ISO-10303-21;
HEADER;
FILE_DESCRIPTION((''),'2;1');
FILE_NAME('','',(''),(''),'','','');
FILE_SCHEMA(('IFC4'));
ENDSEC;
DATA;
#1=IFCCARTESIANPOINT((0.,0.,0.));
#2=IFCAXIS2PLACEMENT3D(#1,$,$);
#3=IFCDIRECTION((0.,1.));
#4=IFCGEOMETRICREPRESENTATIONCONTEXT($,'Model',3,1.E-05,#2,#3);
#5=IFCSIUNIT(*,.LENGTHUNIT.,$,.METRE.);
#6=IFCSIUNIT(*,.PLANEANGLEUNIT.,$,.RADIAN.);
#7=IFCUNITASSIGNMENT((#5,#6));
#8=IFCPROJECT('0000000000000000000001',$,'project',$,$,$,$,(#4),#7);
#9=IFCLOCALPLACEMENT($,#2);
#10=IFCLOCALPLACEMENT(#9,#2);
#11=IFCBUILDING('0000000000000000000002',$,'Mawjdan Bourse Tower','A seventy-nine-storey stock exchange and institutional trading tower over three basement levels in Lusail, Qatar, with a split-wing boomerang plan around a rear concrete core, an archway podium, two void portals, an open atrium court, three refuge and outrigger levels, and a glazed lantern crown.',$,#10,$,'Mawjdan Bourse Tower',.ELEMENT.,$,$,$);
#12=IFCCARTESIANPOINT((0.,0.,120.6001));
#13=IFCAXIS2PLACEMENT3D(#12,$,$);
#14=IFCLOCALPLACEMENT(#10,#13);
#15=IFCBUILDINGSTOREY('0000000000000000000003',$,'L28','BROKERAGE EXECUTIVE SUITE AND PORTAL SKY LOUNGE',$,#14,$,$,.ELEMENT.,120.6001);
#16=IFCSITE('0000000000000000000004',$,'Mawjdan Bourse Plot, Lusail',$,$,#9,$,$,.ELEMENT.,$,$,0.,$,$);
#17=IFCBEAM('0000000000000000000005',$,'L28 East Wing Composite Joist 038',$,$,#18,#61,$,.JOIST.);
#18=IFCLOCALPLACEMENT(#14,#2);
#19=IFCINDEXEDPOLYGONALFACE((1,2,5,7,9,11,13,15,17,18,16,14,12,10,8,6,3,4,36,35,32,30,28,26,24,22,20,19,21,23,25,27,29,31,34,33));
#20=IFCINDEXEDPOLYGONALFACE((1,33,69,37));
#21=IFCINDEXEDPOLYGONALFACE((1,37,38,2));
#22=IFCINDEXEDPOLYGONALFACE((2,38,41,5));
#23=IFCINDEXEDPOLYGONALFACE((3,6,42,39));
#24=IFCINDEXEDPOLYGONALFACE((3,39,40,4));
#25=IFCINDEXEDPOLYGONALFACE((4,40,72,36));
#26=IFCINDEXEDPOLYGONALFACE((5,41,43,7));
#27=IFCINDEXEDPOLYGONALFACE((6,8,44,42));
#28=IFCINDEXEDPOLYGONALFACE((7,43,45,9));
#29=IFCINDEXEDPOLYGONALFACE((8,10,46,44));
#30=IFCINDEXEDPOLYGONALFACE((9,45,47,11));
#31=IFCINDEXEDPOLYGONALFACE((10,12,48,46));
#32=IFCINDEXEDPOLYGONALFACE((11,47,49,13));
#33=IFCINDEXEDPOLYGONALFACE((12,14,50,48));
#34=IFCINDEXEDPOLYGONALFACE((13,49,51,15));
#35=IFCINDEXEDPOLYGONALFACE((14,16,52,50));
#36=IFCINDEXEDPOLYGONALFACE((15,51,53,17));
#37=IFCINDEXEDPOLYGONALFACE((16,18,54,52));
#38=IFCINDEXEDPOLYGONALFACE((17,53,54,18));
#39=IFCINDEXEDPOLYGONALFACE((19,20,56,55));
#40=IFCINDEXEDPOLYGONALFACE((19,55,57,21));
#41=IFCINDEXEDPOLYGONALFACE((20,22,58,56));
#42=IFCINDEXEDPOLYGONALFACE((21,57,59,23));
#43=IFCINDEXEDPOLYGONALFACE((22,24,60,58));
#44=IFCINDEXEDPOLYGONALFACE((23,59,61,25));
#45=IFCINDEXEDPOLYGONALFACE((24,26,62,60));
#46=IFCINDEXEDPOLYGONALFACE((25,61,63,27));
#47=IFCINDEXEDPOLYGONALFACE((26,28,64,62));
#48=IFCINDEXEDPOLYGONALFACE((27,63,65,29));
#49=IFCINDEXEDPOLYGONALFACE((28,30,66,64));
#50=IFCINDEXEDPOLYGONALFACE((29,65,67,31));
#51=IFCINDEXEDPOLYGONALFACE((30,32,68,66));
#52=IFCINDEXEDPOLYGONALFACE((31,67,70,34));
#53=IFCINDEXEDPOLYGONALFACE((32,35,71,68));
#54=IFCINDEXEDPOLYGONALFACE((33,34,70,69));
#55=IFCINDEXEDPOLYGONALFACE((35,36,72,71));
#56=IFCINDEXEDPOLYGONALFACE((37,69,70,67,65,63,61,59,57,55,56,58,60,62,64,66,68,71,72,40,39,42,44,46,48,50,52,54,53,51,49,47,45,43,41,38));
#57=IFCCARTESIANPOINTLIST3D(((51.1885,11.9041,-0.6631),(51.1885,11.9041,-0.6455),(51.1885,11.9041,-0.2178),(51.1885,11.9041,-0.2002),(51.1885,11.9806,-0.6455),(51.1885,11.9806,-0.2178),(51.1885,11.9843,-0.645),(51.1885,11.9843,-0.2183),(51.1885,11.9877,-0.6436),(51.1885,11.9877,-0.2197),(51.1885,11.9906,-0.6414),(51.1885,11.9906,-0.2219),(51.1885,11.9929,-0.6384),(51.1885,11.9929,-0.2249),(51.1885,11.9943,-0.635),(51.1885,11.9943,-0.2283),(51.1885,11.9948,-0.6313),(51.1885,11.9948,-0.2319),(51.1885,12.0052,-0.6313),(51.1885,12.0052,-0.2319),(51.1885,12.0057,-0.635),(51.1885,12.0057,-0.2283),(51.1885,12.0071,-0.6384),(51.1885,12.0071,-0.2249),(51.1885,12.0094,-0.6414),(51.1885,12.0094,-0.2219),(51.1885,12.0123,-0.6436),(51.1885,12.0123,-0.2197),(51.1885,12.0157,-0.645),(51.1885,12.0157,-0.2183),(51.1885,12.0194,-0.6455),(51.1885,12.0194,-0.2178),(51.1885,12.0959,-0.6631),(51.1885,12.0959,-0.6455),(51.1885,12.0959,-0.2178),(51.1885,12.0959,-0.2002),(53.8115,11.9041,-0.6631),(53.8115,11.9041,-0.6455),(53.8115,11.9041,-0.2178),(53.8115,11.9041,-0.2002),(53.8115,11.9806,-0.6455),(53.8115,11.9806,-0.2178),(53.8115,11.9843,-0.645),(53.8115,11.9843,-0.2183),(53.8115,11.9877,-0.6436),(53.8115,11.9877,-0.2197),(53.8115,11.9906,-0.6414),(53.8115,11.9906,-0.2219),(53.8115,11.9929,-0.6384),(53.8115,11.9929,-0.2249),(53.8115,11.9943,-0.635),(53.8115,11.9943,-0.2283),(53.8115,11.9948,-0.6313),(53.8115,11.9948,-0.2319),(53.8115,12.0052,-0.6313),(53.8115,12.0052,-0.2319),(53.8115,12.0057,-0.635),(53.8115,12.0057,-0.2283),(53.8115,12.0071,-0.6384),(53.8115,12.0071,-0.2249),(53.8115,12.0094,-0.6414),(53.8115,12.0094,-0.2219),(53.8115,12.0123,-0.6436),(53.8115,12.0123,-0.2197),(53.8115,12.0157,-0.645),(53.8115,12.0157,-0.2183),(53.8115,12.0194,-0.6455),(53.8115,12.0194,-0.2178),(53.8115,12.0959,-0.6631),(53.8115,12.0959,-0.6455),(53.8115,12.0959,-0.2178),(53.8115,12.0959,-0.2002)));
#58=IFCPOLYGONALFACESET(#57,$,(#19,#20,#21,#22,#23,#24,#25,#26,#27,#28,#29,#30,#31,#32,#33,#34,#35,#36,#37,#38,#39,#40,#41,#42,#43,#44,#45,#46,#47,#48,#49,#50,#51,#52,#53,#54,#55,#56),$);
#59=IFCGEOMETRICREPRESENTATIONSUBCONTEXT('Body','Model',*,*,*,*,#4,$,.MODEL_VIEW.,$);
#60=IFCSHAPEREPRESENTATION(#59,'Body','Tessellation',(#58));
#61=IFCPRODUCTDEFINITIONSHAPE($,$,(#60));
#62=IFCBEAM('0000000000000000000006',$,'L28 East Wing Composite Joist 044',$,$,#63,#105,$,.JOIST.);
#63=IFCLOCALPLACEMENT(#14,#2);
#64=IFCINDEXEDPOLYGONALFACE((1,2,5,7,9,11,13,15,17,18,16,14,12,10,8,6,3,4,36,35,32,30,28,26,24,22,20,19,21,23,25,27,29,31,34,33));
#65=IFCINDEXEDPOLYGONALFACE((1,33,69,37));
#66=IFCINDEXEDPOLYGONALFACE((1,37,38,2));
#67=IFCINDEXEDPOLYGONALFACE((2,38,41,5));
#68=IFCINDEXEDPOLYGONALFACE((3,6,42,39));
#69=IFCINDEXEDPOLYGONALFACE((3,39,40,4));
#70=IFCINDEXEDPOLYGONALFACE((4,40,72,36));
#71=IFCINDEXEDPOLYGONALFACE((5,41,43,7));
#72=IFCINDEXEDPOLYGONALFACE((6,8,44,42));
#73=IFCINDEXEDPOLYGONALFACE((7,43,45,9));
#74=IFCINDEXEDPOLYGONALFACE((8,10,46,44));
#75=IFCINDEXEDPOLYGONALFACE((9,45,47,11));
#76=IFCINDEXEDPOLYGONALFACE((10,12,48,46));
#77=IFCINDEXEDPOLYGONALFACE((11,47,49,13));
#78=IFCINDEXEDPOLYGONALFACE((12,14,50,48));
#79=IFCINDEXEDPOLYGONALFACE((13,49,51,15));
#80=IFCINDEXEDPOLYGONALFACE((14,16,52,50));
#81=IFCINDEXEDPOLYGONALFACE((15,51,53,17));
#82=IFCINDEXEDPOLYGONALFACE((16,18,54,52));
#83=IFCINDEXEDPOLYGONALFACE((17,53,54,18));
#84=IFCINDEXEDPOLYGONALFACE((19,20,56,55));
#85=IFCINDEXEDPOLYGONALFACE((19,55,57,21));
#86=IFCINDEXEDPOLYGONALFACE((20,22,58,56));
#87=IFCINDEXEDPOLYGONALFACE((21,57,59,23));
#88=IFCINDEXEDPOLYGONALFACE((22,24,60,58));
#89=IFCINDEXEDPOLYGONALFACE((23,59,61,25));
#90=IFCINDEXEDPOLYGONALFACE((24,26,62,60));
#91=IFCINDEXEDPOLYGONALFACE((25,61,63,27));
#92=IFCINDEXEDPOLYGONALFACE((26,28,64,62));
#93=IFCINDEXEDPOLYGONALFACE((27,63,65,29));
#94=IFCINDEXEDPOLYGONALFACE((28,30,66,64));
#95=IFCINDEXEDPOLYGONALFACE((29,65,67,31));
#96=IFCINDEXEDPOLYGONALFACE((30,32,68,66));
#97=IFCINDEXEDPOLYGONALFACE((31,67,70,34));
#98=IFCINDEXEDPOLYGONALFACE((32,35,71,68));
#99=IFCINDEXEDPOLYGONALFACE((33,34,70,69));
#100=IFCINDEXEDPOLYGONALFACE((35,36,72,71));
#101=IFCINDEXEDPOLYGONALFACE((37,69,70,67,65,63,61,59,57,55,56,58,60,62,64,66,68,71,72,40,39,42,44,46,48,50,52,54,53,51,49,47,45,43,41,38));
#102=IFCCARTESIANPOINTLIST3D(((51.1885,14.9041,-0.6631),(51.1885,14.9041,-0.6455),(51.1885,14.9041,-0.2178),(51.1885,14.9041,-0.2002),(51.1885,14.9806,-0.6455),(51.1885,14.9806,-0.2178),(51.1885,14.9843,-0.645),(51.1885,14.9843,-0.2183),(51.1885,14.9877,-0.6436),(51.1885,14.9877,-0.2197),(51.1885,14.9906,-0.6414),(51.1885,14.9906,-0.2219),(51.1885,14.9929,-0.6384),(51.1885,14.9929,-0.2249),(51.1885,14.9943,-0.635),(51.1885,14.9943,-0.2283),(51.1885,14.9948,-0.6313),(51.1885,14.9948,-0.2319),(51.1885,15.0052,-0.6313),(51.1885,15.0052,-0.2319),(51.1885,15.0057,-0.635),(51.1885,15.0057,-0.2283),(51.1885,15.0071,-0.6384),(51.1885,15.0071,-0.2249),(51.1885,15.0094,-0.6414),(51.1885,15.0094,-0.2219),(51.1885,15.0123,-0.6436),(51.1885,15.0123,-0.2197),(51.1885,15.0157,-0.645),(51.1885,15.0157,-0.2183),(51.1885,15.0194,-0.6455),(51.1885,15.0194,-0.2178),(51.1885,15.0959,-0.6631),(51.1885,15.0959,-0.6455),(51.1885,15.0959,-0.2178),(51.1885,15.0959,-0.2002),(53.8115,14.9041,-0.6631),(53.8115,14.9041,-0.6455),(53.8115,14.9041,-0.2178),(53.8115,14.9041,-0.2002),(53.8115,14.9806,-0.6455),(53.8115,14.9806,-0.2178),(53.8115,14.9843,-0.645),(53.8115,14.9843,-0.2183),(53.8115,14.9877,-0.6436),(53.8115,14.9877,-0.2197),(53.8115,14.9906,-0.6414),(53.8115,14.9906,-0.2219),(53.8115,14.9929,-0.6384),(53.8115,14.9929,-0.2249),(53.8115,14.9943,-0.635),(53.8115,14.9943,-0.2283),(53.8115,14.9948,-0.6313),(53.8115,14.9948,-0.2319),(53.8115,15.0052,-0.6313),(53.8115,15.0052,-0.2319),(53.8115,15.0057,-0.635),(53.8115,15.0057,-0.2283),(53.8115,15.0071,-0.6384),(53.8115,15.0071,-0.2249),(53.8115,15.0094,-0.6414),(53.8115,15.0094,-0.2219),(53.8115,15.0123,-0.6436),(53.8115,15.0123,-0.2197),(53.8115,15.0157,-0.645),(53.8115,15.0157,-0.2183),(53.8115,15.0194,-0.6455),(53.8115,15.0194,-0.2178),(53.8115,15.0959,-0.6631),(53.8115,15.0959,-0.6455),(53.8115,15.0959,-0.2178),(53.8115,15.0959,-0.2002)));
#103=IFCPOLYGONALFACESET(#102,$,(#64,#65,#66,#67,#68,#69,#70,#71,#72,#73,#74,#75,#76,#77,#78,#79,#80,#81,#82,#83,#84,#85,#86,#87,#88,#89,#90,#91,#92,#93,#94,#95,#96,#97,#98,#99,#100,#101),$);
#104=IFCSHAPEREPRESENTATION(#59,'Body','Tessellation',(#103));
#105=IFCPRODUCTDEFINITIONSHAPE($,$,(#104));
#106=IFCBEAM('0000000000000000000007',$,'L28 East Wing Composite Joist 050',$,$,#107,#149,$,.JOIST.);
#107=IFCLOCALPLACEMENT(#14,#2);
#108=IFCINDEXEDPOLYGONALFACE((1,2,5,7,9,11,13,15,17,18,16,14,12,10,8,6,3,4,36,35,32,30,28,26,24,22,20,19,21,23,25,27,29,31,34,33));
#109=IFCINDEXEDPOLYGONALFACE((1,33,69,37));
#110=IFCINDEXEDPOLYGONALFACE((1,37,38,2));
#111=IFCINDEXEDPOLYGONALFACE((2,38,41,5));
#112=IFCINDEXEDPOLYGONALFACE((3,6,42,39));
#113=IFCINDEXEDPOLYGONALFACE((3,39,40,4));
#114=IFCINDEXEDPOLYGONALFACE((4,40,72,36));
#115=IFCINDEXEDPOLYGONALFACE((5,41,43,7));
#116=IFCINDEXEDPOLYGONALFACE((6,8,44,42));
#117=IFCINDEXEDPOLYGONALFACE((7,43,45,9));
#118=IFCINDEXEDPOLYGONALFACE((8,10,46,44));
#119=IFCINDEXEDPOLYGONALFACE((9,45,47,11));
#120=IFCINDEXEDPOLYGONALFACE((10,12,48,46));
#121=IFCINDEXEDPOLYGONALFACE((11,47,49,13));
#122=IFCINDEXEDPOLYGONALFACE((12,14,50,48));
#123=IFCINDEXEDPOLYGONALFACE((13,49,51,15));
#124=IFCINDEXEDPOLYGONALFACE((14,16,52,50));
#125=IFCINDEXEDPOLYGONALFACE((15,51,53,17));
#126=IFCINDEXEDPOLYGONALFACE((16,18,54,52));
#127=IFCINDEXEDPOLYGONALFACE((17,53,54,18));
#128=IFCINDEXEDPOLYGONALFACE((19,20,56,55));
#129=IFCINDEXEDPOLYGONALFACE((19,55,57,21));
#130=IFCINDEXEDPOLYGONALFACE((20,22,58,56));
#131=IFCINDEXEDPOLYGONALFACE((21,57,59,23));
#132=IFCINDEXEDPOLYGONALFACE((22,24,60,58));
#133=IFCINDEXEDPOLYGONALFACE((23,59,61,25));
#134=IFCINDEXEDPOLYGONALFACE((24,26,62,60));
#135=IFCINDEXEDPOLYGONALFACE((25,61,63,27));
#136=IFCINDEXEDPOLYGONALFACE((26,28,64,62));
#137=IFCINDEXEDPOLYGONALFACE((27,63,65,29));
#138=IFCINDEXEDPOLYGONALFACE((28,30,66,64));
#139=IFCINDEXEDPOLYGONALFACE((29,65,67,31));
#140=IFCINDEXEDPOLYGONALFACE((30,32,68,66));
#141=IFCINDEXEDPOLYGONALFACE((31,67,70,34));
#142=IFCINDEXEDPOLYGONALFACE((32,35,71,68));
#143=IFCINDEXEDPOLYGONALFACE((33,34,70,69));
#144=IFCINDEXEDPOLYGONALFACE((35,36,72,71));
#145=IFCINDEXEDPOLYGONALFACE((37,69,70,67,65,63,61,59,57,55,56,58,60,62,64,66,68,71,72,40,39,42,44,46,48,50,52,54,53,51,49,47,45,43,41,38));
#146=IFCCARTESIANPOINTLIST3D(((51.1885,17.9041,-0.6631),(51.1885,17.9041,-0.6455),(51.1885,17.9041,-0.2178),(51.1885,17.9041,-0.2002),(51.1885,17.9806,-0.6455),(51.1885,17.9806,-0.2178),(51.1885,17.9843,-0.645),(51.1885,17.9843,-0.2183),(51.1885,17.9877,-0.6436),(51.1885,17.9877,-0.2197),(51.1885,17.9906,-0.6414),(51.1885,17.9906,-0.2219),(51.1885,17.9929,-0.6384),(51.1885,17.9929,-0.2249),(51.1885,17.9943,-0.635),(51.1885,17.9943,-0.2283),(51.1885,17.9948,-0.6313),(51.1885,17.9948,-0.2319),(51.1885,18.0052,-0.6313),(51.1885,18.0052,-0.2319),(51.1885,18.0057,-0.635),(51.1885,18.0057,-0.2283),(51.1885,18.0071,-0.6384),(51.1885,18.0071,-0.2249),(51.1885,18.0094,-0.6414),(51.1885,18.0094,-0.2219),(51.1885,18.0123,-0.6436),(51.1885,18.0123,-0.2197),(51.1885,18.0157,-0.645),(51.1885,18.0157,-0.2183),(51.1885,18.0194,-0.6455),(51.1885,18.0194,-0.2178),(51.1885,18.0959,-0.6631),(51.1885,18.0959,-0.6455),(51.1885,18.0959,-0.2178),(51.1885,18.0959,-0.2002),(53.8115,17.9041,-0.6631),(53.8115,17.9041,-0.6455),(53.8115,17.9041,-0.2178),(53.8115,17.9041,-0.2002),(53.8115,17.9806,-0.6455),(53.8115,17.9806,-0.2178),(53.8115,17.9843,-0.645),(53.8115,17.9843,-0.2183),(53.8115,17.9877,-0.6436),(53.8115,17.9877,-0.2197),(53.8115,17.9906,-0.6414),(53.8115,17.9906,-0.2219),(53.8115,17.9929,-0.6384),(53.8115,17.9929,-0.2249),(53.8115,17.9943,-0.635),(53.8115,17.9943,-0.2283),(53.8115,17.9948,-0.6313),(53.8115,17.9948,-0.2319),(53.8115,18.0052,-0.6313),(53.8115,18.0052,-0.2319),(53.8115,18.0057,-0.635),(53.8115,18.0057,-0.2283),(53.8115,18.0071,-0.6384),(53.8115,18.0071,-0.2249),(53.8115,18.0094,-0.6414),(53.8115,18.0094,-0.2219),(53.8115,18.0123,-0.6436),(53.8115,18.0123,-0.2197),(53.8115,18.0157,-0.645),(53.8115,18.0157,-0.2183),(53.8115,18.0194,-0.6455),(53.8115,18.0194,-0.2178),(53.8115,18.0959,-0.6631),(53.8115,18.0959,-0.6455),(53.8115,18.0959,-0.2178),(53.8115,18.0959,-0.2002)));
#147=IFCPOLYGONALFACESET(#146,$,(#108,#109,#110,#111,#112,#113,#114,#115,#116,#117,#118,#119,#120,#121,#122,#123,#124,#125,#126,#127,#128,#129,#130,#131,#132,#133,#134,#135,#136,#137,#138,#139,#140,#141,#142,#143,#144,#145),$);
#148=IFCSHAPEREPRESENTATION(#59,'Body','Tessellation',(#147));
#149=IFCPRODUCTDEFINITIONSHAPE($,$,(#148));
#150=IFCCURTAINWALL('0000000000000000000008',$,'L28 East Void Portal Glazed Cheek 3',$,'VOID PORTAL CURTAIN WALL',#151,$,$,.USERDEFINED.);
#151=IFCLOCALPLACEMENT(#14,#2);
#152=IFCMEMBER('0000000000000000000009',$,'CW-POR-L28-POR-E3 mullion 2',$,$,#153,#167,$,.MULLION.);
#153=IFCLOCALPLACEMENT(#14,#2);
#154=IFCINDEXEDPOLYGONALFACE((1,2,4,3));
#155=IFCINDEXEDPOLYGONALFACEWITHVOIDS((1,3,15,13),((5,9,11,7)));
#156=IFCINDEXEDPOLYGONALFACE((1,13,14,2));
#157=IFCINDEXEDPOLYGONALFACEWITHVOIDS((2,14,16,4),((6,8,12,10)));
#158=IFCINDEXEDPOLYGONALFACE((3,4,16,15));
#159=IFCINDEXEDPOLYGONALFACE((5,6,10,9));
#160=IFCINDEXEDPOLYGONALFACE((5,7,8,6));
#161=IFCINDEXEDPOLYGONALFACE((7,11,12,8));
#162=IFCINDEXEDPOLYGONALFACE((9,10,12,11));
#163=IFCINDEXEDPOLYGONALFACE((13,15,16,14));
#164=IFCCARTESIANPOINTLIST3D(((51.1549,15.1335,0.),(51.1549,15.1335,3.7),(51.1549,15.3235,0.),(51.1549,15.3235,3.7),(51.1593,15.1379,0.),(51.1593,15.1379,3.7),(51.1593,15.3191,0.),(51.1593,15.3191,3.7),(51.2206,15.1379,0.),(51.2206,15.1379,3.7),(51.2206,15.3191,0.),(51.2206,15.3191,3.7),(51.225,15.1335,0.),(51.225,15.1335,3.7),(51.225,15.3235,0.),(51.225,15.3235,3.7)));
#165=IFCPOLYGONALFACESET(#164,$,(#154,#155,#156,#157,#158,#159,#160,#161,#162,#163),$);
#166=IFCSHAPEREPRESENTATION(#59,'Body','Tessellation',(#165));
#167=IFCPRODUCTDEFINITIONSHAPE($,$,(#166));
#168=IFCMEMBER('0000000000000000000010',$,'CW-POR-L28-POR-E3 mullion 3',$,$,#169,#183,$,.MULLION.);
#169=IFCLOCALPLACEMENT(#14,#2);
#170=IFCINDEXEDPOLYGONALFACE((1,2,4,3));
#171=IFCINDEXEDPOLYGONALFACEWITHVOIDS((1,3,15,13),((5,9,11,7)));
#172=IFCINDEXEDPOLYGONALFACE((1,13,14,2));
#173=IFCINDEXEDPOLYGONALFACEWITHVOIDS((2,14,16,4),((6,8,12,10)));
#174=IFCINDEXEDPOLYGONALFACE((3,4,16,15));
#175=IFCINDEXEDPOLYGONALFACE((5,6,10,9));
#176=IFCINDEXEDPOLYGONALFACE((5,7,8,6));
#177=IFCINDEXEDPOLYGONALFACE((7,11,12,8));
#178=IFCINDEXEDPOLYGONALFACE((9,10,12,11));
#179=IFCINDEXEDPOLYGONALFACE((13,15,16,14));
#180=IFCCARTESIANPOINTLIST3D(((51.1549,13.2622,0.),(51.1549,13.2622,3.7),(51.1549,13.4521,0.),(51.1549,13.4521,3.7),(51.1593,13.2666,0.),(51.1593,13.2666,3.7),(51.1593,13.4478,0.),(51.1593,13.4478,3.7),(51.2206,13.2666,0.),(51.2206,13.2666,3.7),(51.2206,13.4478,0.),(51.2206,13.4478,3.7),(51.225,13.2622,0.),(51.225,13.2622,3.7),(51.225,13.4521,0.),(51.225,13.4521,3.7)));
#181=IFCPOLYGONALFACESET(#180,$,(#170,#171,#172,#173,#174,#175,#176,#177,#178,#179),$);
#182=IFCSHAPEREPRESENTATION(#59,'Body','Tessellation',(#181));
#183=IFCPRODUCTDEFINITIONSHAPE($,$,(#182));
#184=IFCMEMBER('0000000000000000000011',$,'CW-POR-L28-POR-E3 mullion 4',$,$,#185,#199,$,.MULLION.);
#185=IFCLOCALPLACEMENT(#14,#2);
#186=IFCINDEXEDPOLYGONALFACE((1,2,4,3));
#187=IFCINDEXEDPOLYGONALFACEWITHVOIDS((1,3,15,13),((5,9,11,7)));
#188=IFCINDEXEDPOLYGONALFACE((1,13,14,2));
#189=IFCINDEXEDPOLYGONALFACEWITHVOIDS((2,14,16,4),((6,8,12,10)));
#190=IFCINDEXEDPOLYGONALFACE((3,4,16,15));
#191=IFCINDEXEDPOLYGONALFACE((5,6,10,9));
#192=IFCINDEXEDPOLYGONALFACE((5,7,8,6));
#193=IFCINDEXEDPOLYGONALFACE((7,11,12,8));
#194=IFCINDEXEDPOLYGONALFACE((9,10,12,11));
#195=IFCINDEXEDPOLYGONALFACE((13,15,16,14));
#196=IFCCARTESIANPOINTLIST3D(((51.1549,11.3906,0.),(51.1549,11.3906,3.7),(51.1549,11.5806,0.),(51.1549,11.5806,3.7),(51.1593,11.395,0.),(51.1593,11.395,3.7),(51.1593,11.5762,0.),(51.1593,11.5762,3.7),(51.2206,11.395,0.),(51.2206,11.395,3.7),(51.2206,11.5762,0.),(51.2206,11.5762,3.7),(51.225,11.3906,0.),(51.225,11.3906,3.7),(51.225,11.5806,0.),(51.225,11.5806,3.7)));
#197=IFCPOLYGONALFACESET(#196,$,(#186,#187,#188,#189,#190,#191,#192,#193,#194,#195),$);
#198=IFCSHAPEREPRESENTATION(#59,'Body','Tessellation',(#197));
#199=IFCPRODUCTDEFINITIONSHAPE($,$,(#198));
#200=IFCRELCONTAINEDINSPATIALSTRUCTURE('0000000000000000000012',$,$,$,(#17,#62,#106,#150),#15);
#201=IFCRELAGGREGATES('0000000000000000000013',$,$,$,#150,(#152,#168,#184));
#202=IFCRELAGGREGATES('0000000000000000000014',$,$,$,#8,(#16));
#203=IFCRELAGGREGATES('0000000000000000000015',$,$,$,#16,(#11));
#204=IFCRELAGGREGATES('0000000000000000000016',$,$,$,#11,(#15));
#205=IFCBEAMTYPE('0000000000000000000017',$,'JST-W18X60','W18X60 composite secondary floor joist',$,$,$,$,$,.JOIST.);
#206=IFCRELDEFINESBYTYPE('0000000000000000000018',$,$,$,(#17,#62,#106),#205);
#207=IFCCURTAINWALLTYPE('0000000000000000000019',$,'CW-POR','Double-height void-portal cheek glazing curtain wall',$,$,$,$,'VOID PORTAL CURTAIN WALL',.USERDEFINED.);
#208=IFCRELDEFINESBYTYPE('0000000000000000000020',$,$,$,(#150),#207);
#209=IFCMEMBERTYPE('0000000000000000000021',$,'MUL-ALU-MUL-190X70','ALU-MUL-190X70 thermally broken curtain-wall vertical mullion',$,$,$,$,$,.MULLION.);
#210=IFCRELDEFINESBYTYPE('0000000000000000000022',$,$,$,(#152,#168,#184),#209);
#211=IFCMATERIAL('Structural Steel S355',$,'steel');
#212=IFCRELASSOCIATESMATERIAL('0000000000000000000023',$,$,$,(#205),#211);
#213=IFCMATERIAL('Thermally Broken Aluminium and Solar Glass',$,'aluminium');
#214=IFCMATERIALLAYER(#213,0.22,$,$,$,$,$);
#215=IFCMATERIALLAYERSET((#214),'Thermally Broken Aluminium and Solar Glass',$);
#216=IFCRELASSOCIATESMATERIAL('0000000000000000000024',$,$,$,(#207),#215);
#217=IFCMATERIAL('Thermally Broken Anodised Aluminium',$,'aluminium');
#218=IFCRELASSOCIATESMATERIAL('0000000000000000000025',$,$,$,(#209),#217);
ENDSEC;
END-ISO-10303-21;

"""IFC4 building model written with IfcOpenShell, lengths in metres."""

from ifc_helpers import new_model, si_unit, direction, frame, origin, origin_2d, place, context, subcontext, project, spatial, hollow_rectangle, i_section, extrude, material, layer, layer_set, material_profile, profile_set, type_object, element, aggregate, save


model = new_model("IFC4")

# Units and contexts
model_context = context("Model", 3, precision=1e-05, world=origin(), true_north=direction((0.0, 1.0)))
body_context = subcontext(model_context, "Body", "Model", "MODEL_VIEW")
ifc_project = project(units=[si_unit("LENGTHUNIT", "METRE"), si_unit("PLANEANGLEUNIT", "RADIAN")], contexts=[model_context])

# Site, building, storey
site_placement = place(None, origin())
site = spatial("IfcSite", under=ifc_project, at=site_placement, Name="Mawjdan Bourse Plot, Lusail", CompositionType="ELEMENT", RefElevation=0.0)
building_placement = place(site_placement, origin())
building = spatial("IfcBuilding", under=site, at=building_placement, Name="Mawjdan Bourse Tower", Description="A seventy-nine-storey stock exchange and institutional trading tower over three basement levels in Lusail, Qatar, with a split-wing boomerang plan around a rear concrete core, an archway podium, two void portals, an open atrium court, three refuge and outrigger levels, and a glazed lantern crown.", LongName="Mawjdan Bourse Tower", CompositionType="ELEMENT")
storey_placement = place(building_placement, frame((0.0, 0.0, 120.6001)))
storey = spatial("IfcBuildingStorey", under=building, at=storey_placement, Name="L28", Description="BROKERAGE EXECUTIVE SUITE AND PORTAL SKY LOUNGE", CompositionType="ELEMENT", Elevation=120.6001)

# Beams
ifc_material_1 = material(Name="Structural Steel S355", Category="steel")
ifc_material_profile_1 = material_profile(ifc_material_1, i_section(OverallWidth=0.1919, OverallDepth=0.4629, WebThickness=0.0105, FlangeThickness=0.0176, FilletRadius=0.0142, at=origin_2d()), Name="W18X60")
ifc_profile_set_1 = profile_set([ifc_material_profile_1], Name="Structural Steel S355")
beam_type = type_object("IfcBeamType", Name="JST-W18X60", Description="W18X60 composite secondary floor joist", PredefinedType="JOIST", material=ifc_profile_set_1)
for number, where, z_axis, x_axis, name in (
    (1, (51.1885, 12.0, -0.4316), (1.0, 0.0, 0.0), (0.0, 1.0, 0.0), "L28 East Wing Composite Joist 038"),
    (2, (51.1885, 15.0, -0.4316), (1.0, 0.0, 0.0), (0.0, 1.0, 0.0), "L28 East Wing Composite Joist 044"),
    (3, (51.1885, 18.0, -0.4316), (1.0, 0.0, 0.0), (0.0, 1.0, 0.0), "L28 East Wing Composite Joist 050"),
):
    element("IfcBeam", number, at=place(storey_placement, frame(where, z_axis=z_axis, x_axis=x_axis)), inside=storey, type_object=beam_type, Name=name, PredefinedType="JOIST", context=body_context, shape_type="SweptSolid", body=[
        extrude(i_section(OverallWidth=0.1919, OverallDepth=0.4629, WebThickness=0.0105, FlangeThickness=0.0176, FilletRadius=0.0142, at=origin_2d()), origin(), (0.0, 0.0, 1.0), 2.623),
    ])

# Curtain wall, members
ifc_material_2 = material(Name="Thermally Broken Aluminium and Solar Glass", Category="aluminium")
ifc_layer_1 = layer(ifc_material_2, 0.22)
ifc_layer_set_1 = layer_set([ifc_layer_1], Name="Thermally Broken Aluminium and Solar Glass")
curtain_wall_type = type_object("IfcCurtainWallType", Name="CW-POR", Description="Double-height void-portal cheek glazing curtain wall", ElementType="VOID PORTAL CURTAIN WALL", PredefinedType="USERDEFINED", material=ifc_layer_set_1)
curtain_wall_placement = place(storey_placement, origin())
curtain_wall = element("IfcCurtainWall", 4, at=curtain_wall_placement, inside=storey, type_object=curtain_wall_type, Name="L28 East Void Portal Glazed Cheek 3", ObjectType="VOID PORTAL CURTAIN WALL", PredefinedType="USERDEFINED")
ifc_material_3 = material(Name="Thermally Broken Anodised Aluminium", Category="aluminium")
ifc_material_profile_2 = material_profile(ifc_material_3, hollow_rectangle(XDim=0.0701, YDim=0.1899, WallThickness=0.0044, at=origin_2d()), Name="ALU-MUL-190X70")
ifc_profile_set_2 = profile_set([ifc_material_profile_2], Name="Thermally Broken Anodised Aluminium")
member_type_1 = type_object("IfcMemberType", Name="MUL-ALU-MUL-190X70", Description="ALU-MUL-190X70 thermally broken curtain-wall vertical mullion", PredefinedType="MULLION", material=ifc_profile_set_2)
member_1_placement = place(storey_placement, frame((51.1899, 15.2285, 0.0), z_axis=(0.0, 0.0, 1.0), x_axis=(1.0, 0.0, 0.0)))
member_1 = element("IfcMember", 5, at=member_1_placement, type_object=member_type_1, Name="CW-POR-L28-POR-E3 mullion 2", PredefinedType="MULLION", context=body_context, shape_type="SweptSolid", body=[
    extrude(hollow_rectangle(XDim=0.0701, YDim=0.1899, WallThickness=0.0044, at=origin_2d()), origin(), (0.0, 0.0, 1.0), 3.7),
])
member_2_placement = place(storey_placement, frame((51.1899, 13.3572, 0.0), z_axis=(0.0, 0.0, 1.0), x_axis=(1.0, 0.0, 0.0)))
member_2 = element("IfcMember", 6, at=member_2_placement, type_object=member_type_1, Name="CW-POR-L28-POR-E3 mullion 3", PredefinedType="MULLION", context=body_context, shape_type="SweptSolid", body=[
    extrude(hollow_rectangle(XDim=0.0701, YDim=0.1899, WallThickness=0.0044, at=origin_2d()), origin(), (0.0, 0.0, 1.0), 3.7),
])
member_3_placement = place(storey_placement, frame((51.1899, 11.4856, 0.0), z_axis=(0.0, 0.0, 1.0), x_axis=(1.0, 0.0, 0.0)))
member_3 = element("IfcMember", 7, at=member_3_placement, type_object=member_type_1, Name="CW-POR-L28-POR-E3 mullion 4", PredefinedType="MULLION", context=body_context, shape_type="SweptSolid", body=[
    extrude(hollow_rectangle(XDim=0.0701, YDim=0.1899, WallThickness=0.0044, at=origin_2d()), origin(), (0.0, 0.0, 1.0), 3.7),
])
aggregate(curtain_wall, [member_1, member_2, member_3])

save(model, "model.ifc")
